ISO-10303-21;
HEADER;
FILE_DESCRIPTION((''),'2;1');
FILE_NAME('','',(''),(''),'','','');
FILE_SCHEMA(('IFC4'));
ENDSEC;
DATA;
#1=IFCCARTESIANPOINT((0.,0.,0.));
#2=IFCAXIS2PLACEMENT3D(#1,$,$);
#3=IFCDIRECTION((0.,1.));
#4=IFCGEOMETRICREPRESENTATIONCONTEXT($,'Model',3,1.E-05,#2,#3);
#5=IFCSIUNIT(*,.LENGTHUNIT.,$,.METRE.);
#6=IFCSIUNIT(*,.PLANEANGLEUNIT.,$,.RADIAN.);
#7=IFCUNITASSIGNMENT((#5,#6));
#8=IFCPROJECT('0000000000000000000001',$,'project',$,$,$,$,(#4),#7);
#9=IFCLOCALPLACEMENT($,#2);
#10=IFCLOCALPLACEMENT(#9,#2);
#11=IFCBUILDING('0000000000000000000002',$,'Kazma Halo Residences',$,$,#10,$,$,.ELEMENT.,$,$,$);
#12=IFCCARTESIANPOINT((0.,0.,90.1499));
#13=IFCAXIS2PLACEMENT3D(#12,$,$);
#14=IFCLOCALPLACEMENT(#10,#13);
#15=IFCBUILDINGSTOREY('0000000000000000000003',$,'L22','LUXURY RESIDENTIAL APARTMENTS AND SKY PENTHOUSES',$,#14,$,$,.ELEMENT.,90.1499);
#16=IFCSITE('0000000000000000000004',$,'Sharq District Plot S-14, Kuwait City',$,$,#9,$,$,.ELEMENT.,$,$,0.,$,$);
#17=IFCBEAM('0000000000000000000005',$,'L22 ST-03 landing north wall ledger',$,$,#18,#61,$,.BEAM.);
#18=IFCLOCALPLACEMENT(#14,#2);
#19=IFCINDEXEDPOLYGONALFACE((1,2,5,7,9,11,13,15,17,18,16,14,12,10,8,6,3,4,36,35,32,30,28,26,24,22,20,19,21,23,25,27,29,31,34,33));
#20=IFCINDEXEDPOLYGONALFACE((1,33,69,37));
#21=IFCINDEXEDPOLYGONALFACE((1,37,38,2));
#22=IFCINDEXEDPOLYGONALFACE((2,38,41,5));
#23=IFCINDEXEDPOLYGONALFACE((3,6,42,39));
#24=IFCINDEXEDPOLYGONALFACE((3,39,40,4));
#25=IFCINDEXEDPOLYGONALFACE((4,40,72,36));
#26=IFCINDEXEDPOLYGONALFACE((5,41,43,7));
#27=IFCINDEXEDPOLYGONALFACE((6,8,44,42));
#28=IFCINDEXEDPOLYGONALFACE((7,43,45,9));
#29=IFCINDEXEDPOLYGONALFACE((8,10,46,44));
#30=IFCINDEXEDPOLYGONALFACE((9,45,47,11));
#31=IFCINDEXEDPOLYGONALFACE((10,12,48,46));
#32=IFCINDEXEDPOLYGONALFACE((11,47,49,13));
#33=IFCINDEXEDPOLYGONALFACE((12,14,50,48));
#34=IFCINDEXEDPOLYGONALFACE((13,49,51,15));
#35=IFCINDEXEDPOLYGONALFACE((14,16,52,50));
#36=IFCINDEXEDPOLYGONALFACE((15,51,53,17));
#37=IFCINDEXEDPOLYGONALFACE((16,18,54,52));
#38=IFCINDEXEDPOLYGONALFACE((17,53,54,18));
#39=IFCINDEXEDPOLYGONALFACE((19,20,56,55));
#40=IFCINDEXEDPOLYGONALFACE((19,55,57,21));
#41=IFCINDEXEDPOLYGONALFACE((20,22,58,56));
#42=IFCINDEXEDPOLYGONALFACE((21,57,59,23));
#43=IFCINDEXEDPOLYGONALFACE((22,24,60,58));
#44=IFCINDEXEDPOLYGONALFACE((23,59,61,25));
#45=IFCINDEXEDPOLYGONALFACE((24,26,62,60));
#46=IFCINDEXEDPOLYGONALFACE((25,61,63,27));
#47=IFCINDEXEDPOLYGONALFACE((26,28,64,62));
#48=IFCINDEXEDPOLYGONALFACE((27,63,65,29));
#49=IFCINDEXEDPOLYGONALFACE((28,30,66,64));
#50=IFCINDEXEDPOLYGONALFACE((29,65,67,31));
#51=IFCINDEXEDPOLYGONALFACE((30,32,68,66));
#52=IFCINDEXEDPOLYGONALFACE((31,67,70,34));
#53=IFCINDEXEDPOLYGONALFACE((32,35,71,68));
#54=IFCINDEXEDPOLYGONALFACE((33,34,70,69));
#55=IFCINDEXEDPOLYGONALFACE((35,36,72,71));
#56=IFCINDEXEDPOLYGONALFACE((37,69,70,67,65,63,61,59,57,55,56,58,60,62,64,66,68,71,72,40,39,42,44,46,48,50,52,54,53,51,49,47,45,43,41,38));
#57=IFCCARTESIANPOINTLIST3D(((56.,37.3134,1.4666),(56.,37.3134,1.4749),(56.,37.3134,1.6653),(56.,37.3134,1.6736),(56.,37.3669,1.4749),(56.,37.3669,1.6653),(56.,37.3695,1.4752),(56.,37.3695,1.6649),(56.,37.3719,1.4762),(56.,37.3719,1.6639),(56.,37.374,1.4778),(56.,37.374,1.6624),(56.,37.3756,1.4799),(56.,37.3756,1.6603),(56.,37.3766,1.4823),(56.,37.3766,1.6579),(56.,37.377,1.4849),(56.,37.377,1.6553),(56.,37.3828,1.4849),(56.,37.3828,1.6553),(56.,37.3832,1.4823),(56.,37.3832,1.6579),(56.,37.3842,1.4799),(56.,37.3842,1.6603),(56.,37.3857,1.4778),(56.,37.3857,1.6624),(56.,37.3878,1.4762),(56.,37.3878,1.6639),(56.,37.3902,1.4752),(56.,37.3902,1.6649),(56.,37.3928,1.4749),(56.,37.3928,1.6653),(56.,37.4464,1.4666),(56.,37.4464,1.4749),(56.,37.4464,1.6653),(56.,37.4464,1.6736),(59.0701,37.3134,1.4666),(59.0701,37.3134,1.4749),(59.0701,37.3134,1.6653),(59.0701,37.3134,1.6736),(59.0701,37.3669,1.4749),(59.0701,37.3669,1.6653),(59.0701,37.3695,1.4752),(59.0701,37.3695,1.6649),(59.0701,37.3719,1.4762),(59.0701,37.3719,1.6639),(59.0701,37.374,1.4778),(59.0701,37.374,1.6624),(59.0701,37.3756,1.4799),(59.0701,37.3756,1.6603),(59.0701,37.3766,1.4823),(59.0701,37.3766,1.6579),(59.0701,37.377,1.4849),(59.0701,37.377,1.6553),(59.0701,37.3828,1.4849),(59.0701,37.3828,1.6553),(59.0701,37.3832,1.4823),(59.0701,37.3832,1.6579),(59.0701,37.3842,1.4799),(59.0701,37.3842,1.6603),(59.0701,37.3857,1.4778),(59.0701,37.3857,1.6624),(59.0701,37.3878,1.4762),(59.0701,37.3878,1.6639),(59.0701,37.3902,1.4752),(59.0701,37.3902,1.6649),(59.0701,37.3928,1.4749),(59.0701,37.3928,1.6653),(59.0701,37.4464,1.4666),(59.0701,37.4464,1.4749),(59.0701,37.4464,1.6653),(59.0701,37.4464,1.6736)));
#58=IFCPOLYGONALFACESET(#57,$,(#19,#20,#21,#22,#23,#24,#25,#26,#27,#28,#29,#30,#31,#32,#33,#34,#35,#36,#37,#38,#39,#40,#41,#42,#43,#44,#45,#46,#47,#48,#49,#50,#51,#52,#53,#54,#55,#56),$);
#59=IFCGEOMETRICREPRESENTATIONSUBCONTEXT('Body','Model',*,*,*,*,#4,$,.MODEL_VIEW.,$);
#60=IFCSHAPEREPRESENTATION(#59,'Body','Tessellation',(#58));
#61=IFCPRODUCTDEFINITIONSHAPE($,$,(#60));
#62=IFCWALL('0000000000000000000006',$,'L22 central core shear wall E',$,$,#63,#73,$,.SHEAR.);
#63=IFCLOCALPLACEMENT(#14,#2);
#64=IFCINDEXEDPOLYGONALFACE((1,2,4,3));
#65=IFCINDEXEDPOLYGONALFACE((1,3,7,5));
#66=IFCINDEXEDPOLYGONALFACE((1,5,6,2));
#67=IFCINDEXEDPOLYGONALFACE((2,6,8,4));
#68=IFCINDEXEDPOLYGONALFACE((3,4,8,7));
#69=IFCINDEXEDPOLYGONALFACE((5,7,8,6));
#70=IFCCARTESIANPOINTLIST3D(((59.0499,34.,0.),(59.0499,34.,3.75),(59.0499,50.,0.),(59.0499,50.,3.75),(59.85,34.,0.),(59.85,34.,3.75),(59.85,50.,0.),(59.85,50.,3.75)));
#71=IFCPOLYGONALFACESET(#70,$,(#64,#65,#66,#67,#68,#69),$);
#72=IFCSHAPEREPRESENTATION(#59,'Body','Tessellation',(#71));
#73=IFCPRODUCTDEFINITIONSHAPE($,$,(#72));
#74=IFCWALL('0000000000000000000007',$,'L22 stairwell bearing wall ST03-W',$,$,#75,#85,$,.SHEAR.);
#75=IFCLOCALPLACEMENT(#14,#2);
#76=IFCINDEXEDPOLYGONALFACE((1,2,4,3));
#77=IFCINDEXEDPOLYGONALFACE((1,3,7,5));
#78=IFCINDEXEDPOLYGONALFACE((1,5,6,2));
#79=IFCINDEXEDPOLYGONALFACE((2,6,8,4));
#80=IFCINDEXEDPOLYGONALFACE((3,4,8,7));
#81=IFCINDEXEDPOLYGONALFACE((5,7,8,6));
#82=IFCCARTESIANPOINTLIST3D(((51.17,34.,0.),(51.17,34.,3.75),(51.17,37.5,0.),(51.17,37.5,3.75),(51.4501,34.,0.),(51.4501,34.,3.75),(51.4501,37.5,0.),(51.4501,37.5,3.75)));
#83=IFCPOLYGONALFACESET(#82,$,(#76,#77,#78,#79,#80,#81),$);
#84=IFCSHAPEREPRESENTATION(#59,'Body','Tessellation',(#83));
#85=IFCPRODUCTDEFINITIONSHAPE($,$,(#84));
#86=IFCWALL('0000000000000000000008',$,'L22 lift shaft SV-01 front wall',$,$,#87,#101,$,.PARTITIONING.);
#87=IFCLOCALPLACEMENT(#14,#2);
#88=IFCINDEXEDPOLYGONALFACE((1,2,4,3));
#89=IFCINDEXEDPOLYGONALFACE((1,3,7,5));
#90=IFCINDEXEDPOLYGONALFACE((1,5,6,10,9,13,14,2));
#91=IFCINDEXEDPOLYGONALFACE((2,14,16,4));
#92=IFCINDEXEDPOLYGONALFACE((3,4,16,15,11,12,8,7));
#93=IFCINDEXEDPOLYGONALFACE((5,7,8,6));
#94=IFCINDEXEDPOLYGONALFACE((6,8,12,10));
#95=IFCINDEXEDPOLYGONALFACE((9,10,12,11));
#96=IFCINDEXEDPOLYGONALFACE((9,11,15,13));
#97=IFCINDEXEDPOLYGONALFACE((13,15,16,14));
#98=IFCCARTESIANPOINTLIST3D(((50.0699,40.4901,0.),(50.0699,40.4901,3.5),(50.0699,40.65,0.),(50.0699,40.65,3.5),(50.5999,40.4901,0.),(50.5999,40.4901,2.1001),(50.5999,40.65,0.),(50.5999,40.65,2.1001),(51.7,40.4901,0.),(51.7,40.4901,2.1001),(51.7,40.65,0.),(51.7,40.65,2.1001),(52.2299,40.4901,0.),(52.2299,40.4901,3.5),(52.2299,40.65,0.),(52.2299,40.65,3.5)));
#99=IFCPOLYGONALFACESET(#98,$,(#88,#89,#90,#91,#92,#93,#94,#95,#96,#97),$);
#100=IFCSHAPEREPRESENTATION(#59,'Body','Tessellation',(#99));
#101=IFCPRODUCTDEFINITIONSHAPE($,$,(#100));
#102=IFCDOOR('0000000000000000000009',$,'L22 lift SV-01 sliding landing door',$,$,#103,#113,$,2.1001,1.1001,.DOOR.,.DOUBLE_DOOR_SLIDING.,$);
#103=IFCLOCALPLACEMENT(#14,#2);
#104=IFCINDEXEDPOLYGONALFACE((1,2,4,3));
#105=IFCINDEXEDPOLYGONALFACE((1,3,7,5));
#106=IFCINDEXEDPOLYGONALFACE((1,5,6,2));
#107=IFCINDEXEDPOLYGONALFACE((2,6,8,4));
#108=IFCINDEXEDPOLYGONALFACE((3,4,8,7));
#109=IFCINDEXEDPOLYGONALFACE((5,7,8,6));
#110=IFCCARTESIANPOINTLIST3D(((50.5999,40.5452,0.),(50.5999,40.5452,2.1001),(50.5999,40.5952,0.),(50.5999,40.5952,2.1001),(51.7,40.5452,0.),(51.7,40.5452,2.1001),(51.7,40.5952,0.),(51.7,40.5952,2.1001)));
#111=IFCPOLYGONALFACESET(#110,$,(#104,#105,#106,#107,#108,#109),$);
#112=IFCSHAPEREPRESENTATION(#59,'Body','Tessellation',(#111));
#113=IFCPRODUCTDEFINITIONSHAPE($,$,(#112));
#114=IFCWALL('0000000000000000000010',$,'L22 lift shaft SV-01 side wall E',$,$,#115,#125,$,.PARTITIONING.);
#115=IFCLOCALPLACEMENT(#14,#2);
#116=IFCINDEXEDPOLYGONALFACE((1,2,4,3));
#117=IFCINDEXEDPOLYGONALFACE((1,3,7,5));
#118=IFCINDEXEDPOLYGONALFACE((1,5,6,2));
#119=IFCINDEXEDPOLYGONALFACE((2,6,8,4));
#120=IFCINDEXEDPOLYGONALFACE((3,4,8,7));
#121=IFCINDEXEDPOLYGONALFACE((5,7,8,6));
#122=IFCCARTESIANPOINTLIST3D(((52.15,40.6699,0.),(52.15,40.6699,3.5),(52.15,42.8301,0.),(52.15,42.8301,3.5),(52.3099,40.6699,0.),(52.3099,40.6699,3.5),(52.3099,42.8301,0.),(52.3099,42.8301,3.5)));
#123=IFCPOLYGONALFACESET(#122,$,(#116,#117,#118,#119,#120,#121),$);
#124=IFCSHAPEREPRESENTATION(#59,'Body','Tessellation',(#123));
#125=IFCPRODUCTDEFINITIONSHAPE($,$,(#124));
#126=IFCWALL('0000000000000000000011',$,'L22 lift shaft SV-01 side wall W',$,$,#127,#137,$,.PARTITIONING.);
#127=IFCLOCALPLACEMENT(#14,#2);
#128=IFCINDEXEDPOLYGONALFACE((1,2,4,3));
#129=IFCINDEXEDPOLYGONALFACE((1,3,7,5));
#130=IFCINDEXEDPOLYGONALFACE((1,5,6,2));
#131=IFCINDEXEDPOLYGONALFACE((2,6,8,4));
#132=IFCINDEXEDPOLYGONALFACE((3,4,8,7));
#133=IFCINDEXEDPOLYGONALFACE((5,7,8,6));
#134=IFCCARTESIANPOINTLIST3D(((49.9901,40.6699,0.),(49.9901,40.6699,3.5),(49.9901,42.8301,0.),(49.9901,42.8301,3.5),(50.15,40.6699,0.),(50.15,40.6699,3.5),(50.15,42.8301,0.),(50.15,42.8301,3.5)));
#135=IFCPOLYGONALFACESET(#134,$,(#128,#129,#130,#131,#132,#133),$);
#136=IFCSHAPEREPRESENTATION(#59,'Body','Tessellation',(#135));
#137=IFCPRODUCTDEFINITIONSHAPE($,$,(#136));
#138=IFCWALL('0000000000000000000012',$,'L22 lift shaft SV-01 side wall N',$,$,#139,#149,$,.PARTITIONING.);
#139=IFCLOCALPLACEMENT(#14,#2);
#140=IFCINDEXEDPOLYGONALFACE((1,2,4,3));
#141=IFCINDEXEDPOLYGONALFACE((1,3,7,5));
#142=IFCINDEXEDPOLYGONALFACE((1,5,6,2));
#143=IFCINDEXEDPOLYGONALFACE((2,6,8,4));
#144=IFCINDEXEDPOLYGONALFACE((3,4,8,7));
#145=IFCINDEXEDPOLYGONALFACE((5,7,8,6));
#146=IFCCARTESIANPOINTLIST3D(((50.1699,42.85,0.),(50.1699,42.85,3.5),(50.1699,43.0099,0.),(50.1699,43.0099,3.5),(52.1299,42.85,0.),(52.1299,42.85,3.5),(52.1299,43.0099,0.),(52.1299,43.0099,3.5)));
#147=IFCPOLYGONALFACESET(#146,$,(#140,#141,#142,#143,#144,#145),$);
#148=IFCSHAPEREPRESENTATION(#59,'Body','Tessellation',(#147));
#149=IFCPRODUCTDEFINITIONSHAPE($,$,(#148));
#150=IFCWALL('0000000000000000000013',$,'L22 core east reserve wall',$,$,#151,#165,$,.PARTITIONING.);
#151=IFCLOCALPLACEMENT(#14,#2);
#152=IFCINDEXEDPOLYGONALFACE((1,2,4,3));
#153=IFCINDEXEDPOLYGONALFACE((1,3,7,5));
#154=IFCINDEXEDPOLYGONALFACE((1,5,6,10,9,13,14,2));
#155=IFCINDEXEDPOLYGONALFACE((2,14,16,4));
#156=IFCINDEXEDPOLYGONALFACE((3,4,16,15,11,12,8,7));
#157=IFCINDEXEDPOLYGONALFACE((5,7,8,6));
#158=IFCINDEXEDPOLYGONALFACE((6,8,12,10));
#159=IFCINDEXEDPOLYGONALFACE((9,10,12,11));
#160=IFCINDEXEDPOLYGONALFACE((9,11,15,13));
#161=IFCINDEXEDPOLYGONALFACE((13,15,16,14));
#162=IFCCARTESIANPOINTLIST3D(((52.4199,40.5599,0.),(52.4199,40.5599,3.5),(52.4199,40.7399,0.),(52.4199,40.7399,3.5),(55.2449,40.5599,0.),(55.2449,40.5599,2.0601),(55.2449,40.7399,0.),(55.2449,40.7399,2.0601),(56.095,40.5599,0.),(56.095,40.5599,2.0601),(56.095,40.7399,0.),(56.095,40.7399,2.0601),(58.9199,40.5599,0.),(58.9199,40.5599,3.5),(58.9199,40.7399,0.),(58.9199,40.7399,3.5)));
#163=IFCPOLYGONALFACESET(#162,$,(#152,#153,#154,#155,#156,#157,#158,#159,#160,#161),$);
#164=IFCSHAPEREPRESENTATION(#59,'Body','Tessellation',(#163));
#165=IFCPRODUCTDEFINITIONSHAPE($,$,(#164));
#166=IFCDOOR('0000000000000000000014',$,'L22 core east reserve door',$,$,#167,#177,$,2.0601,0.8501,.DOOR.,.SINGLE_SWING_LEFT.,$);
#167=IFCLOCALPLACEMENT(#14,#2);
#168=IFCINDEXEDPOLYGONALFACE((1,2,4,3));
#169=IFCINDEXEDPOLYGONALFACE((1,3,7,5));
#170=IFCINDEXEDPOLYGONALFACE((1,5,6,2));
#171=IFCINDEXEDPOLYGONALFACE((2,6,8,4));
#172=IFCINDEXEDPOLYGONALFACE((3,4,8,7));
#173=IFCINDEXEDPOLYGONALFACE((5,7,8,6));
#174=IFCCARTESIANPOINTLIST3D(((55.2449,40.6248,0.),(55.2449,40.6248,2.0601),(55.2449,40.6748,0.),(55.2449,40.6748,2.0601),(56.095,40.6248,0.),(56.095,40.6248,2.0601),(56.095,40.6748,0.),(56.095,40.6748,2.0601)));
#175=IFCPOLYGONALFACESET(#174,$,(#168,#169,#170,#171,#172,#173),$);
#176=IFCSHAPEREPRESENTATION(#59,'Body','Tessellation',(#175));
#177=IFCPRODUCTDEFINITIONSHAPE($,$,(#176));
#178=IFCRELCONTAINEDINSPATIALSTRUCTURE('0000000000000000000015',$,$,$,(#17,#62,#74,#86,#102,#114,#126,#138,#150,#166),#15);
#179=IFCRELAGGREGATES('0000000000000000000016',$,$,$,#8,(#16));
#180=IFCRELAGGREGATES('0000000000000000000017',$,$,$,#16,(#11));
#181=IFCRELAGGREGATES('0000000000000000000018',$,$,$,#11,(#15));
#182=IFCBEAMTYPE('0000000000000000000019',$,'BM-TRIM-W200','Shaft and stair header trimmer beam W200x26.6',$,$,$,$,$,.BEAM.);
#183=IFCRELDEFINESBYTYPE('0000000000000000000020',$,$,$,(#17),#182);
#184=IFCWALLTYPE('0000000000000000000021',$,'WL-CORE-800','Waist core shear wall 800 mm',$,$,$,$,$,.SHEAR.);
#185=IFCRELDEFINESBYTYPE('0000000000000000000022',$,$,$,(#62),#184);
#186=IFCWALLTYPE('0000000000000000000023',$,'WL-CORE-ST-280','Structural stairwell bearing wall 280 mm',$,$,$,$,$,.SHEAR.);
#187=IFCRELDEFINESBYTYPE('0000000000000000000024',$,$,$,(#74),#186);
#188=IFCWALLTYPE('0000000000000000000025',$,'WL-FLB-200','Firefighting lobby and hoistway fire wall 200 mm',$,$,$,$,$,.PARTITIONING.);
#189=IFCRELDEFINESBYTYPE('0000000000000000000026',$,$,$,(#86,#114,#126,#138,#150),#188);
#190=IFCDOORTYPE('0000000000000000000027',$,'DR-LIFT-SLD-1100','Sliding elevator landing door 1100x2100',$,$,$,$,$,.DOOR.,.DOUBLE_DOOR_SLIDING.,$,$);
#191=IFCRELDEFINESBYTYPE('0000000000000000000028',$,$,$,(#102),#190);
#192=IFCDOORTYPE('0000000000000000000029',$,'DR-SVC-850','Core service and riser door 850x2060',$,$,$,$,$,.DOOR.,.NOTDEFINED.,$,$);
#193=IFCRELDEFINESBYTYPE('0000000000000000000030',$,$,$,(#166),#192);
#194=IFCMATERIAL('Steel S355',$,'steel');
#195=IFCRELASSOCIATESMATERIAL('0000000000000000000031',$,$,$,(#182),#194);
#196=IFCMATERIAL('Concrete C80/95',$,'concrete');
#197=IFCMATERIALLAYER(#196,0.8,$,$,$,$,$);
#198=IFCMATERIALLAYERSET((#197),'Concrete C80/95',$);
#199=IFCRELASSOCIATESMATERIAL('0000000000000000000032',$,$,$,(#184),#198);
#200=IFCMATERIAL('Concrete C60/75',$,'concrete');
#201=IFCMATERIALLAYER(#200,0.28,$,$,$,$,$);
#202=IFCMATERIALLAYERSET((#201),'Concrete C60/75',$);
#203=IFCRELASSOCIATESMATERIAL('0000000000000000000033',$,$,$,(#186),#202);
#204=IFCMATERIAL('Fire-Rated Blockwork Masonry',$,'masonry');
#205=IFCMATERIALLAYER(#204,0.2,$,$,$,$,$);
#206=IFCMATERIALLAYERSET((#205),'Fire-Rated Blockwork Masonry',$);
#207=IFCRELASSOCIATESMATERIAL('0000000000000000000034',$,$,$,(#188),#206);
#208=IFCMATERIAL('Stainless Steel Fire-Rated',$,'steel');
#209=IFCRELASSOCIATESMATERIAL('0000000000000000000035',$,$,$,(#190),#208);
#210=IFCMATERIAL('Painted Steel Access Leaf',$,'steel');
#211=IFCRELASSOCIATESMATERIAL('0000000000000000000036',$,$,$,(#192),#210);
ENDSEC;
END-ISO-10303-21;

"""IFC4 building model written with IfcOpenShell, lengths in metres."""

from ifc_helpers import new_model, si_unit, direction, frame, frame_2d, origin, origin_2d, place, context, subcontext, project, spatial, rectangle, i_section, extrude, material, layer, layer_set, material_profile, profile_set, type_object, element, fill, save


model = new_model("IFC4")

# Units and contexts
model_context = context("Model", 3, precision=1e-05, world=origin(), true_north=direction((0.0, 1.0)))
body_context = subcontext(model_context, "Body", "Model", "MODEL_VIEW")
ifc_project = project(units=[si_unit("LENGTHUNIT", "METRE"), si_unit("PLANEANGLEUNIT", "RADIAN")], contexts=[model_context])

# Site, building, storey
site_placement = place(None, origin())
site = spatial("IfcSite", under=ifc_project, at=site_placement, Name="Sharq District Plot S-14, Kuwait City", CompositionType="ELEMENT", RefElevation=0.0)
building_placement = place(site_placement, origin())
building = spatial("IfcBuilding", under=site, at=building_placement, Name="Kazma Halo Residences", CompositionType="ELEMENT")
storey_placement = place(building_placement, frame((0.0, 0.0, 90.1499)))
storey = spatial("IfcBuildingStorey", under=building, at=storey_placement, Name="L22", Description="LUXURY RESIDENTIAL APARTMENTS AND SKY PENTHOUSES", CompositionType="ELEMENT", Elevation=90.1499)

# Shared definitions
ifc_material_1 = material(Name="Steel S355", Category="steel")

# Beam
ifc_material_profile_1 = material_profile(ifc_material_1, i_section(OverallWidth=0.1331, OverallDepth=0.207, WebThickness=0.0059, FlangeThickness=0.0083, FilletRadius=0.01, at=origin_2d()), Name="W200x26.6")
ifc_profile_set_1 = profile_set([ifc_material_profile_1], Name="Steel S355")
beam_type_1 = type_object("IfcBeamType", Name="BM-TRIM-W200", Description="Shaft and stair header trimmer beam W200x26.6", PredefinedType="BEAM", material=ifc_profile_set_1)
beam_1_placement = place(storey_placement, frame((56.0, 37.3799, 1.5701), z_axis=(1.0, 0.0, 0.0), x_axis=(0.0, 1.0, 0.0)))
element("IfcBeam", 1, at=beam_1_placement, inside=storey, type_object=beam_type_1, Name="L22 ST-03 landing north wall ledger", PredefinedType="BEAM", context=body_context, shape_type="SweptSolid", body=[
    extrude(i_section(OverallWidth=0.1331, OverallDepth=0.207, WebThickness=0.0059, FlangeThickness=0.0083, FilletRadius=0.01, at=origin_2d()), origin(), (0.0, 0.0, 1.0), 3.0701),
])

# Walls
ifc_material_2 = material(Name="Concrete C80/95", Category="concrete")
ifc_layer_1 = layer(ifc_material_2, 0.8)
ifc_layer_set_1 = layer_set([ifc_layer_1], Name="Concrete C80/95")
wall_type_1 = type_object("IfcWallType", Name="WL-CORE-800", Description="Waist core shear wall 800 mm", PredefinedType="SHEAR", material=ifc_layer_set_1)
wall_1_placement = place(storey_placement, frame((59.45, 34.0, 0.0), z_axis=(0.0, 0.0, 1.0), x_axis=(0.0, 1.0, 0.0)))
element("IfcWall", 2, at=wall_1_placement, inside=storey, type_object=wall_type_1, Name="L22 central core shear wall E", PredefinedType="SHEAR", context=body_context, shape_type="SweptSolid", body=[
    extrude(rectangle(XDim=16.0, YDim=0.8, at=frame_2d((8.0, 0.0))), origin(), (0.0, 0.0, 1.0), 3.75),
])
ifc_material_3 = material(Name="Concrete C60/75", Category="concrete")
ifc_layer_2 = layer(ifc_material_3, 0.28)
ifc_layer_set_2 = layer_set([ifc_layer_2], Name="Concrete C60/75")
wall_type_2 = type_object("IfcWallType", Name="WL-CORE-ST-280", Description="Structural stairwell bearing wall 280 mm", PredefinedType="SHEAR", material=ifc_layer_set_2)
wall_2_placement = place(storey_placement, frame((51.3101, 34.0, 0.0), z_axis=(0.0, 0.0, 1.0), x_axis=(0.0, 1.0, 0.0)))
element("IfcWall", 3, at=wall_2_placement, inside=storey, type_object=wall_type_2, Name="L22 stairwell bearing wall ST03-W", PredefinedType="SHEAR", context=body_context, shape_type="SweptSolid", body=[
    extrude(rectangle(XDim=3.5, YDim=0.28, at=frame_2d((1.75, 0.0))), origin(), (0.0, 0.0, 1.0), 3.75),
])

# Wall, opening, door
ifc_material_4 = material(Name="Fire-Rated Blockwork Masonry", Category="masonry")
ifc_layer_3 = layer(ifc_material_4, 0.2)
ifc_layer_set_3 = layer_set([ifc_layer_3], Name="Fire-Rated Blockwork Masonry")
wall_type_3 = type_object("IfcWallType", Name="WL-FLB-200", Description="Firefighting lobby and hoistway fire wall 200 mm", PredefinedType="PARTITIONING", material=ifc_layer_set_3)
wall_3_placement = place(storey_placement, frame((52.23, 40.5701, 0.0), z_axis=(0.0, 0.0, 1.0), x_axis=(-1.0, 0.0, 0.0)))
wall_3 = element("IfcWall", 4, at=wall_3_placement, inside=storey, type_object=wall_type_3, Name="L22 lift shaft SV-01 front wall", PredefinedType="PARTITIONING", context=body_context, shape_type="SweptSolid", body=[
    extrude(rectangle(XDim=2.1599, YDim=0.1599, at=frame_2d((1.0801, 0.0))), origin(), (0.0, 0.0, 1.0), 3.5),
])
opening_1_placement = place(wall_3_placement, frame((0.53, 0.0, 0.0)))
opening_1 = element("IfcOpeningElement", 5, at=opening_1_placement, cuts=wall_3, PredefinedType="OPENING", context=body_context, shape_type="SweptSolid", body=[
    extrude(rectangle(XDim=1.1001, YDim=2.1001, at=frame_2d((0.55, 1.05))), frame((0.0, 0.0898, 0.0), z_axis=(0.0, -1.0, 0.0), x_axis=(1.0, 0.0, 0.0)), (0.0, 0.0, 1.0), 0.1799),
])
ifc_material_5 = material(Name="Stainless Steel Fire-Rated", Category="steel")
door_type_1 = type_object("IfcDoorType", Name="DR-LIFT-SLD-1100", Description="Sliding elevator landing door 1100x2100", OperationType="DOUBLE_DOOR_SLIDING", PredefinedType="DOOR", material=ifc_material_5)
door_1_placement = place(opening_1_placement, origin())
door_1 = element("IfcDoor", 6, at=door_1_placement, inside=storey, type_object=door_type_1, Name="L22 lift SV-01 sliding landing door", OperationType="DOUBLE_DOOR_SLIDING", OverallHeight=2.1001, OverallWidth=1.1001, PredefinedType="DOOR", context=body_context, shape_type="SweptSolid", body=[
    extrude(rectangle(XDim=1.1001, YDim=2.1001, at=frame_2d((0.55, 1.05))), frame((0.0, 0.0249, 0.0), z_axis=(0.0, -1.0, 0.0), x_axis=(1.0, 0.0, 0.0)), (0.0, 0.0, 1.0), 0.05),
])
fill(opening_1, door_1)

# Walls
for number, where, z_axis, x_axis, name in (
    (7, (52.23, 40.6699, 0.0), (0.0, 0.0, 1.0), (0.0, 1.0, 0.0), "L22 lift shaft SV-01 side wall E"),
    (8, (50.0701, 40.6699, 0.0), (0.0, 0.0, 1.0), (0.0, 1.0, 0.0), "L22 lift shaft SV-01 side wall W"),
):
    element("IfcWall", number, at=place(storey_placement, frame(where, z_axis=z_axis, x_axis=x_axis)), inside=storey, type_object=wall_type_3, Name=name, PredefinedType="PARTITIONING", context=body_context, shape_type="SweptSolid", body=[
        extrude(rectangle(XDim=2.1602, YDim=0.1599, at=frame_2d((1.0801, 0.0))), origin(), (0.0, 0.0, 1.0), 3.5),
    ])
wall_4_placement = place(storey_placement, frame((50.1699, 42.9299, 0.0), z_axis=(0.0, 0.0, 1.0), x_axis=(1.0, 0.0, 0.0)))
element("IfcWall", 9, at=wall_4_placement, inside=storey, type_object=wall_type_3, Name="L22 lift shaft SV-01 side wall N", PredefinedType="PARTITIONING", context=body_context, shape_type="SweptSolid", body=[
    extrude(rectangle(XDim=1.96, YDim=0.1599, at=frame_2d((0.98, 0.0))), origin(), (0.0, 0.0, 1.0), 3.5),
])

# Wall, opening, door
wall_5_placement = place(storey_placement, frame((52.4199, 40.6499, 0.0), z_axis=(0.0, 0.0, 1.0), x_axis=(1.0, 0.0, 0.0)))
wall_5 = element("IfcWall", 10, at=wall_5_placement, inside=storey, type_object=wall_type_3, Name="L22 core east reserve wall", PredefinedType="PARTITIONING", context=body_context, shape_type="SweptSolid", body=[
    extrude(rectangle(XDim=6.5, YDim=0.1799, at=frame_2d((3.25, 0.0))), origin(), (0.0, 0.0, 1.0), 3.5),
])
opening_2_placement = place(wall_5_placement, frame((2.825, 0.0, 0.0)))
opening_2 = element("IfcOpeningElement", 11, at=opening_2_placement, cuts=wall_5, PredefinedType="OPENING", context=body_context, shape_type="SweptSolid", body=[
    extrude(rectangle(XDim=0.8501, YDim=2.0601, at=frame_2d((0.425, 1.03))), frame((0.0, 0.0999, 0.0), z_axis=(0.0, -1.0, 0.0), x_axis=(1.0, 0.0, 0.0)), (0.0, 0.0, 1.0), 0.2),
])
ifc_material_6 = material(Name="Painted Steel Access Leaf", Category="steel")
door_type_2 = type_object("IfcDoorType", Name="DR-SVC-850", Description="Core service and riser door 850x2060", OperationType="NOTDEFINED", PredefinedType="DOOR", material=ifc_material_6)
door_2_placement = place(opening_2_placement, origin())
door_2 = element("IfcDoor", 12, at=door_2_placement, inside=storey, type_object=door_type_2, Name="L22 core east reserve door", OperationType="SINGLE_SWING_LEFT", OverallHeight=2.0601, OverallWidth=0.8501, PredefinedType="DOOR", context=body_context, shape_type="SweptSolid", body=[
    extrude(rectangle(XDim=0.8501, YDim=2.0601, at=frame_2d((0.425, 1.03))), frame((0.0, 0.0249, 0.0), z_axis=(0.0, -1.0, 0.0), x_axis=(1.0, 0.0, 0.0)), (0.0, 0.0, 1.0), 0.05),
])
fill(opening_2, door_2)

save(model, "model.ifc")
